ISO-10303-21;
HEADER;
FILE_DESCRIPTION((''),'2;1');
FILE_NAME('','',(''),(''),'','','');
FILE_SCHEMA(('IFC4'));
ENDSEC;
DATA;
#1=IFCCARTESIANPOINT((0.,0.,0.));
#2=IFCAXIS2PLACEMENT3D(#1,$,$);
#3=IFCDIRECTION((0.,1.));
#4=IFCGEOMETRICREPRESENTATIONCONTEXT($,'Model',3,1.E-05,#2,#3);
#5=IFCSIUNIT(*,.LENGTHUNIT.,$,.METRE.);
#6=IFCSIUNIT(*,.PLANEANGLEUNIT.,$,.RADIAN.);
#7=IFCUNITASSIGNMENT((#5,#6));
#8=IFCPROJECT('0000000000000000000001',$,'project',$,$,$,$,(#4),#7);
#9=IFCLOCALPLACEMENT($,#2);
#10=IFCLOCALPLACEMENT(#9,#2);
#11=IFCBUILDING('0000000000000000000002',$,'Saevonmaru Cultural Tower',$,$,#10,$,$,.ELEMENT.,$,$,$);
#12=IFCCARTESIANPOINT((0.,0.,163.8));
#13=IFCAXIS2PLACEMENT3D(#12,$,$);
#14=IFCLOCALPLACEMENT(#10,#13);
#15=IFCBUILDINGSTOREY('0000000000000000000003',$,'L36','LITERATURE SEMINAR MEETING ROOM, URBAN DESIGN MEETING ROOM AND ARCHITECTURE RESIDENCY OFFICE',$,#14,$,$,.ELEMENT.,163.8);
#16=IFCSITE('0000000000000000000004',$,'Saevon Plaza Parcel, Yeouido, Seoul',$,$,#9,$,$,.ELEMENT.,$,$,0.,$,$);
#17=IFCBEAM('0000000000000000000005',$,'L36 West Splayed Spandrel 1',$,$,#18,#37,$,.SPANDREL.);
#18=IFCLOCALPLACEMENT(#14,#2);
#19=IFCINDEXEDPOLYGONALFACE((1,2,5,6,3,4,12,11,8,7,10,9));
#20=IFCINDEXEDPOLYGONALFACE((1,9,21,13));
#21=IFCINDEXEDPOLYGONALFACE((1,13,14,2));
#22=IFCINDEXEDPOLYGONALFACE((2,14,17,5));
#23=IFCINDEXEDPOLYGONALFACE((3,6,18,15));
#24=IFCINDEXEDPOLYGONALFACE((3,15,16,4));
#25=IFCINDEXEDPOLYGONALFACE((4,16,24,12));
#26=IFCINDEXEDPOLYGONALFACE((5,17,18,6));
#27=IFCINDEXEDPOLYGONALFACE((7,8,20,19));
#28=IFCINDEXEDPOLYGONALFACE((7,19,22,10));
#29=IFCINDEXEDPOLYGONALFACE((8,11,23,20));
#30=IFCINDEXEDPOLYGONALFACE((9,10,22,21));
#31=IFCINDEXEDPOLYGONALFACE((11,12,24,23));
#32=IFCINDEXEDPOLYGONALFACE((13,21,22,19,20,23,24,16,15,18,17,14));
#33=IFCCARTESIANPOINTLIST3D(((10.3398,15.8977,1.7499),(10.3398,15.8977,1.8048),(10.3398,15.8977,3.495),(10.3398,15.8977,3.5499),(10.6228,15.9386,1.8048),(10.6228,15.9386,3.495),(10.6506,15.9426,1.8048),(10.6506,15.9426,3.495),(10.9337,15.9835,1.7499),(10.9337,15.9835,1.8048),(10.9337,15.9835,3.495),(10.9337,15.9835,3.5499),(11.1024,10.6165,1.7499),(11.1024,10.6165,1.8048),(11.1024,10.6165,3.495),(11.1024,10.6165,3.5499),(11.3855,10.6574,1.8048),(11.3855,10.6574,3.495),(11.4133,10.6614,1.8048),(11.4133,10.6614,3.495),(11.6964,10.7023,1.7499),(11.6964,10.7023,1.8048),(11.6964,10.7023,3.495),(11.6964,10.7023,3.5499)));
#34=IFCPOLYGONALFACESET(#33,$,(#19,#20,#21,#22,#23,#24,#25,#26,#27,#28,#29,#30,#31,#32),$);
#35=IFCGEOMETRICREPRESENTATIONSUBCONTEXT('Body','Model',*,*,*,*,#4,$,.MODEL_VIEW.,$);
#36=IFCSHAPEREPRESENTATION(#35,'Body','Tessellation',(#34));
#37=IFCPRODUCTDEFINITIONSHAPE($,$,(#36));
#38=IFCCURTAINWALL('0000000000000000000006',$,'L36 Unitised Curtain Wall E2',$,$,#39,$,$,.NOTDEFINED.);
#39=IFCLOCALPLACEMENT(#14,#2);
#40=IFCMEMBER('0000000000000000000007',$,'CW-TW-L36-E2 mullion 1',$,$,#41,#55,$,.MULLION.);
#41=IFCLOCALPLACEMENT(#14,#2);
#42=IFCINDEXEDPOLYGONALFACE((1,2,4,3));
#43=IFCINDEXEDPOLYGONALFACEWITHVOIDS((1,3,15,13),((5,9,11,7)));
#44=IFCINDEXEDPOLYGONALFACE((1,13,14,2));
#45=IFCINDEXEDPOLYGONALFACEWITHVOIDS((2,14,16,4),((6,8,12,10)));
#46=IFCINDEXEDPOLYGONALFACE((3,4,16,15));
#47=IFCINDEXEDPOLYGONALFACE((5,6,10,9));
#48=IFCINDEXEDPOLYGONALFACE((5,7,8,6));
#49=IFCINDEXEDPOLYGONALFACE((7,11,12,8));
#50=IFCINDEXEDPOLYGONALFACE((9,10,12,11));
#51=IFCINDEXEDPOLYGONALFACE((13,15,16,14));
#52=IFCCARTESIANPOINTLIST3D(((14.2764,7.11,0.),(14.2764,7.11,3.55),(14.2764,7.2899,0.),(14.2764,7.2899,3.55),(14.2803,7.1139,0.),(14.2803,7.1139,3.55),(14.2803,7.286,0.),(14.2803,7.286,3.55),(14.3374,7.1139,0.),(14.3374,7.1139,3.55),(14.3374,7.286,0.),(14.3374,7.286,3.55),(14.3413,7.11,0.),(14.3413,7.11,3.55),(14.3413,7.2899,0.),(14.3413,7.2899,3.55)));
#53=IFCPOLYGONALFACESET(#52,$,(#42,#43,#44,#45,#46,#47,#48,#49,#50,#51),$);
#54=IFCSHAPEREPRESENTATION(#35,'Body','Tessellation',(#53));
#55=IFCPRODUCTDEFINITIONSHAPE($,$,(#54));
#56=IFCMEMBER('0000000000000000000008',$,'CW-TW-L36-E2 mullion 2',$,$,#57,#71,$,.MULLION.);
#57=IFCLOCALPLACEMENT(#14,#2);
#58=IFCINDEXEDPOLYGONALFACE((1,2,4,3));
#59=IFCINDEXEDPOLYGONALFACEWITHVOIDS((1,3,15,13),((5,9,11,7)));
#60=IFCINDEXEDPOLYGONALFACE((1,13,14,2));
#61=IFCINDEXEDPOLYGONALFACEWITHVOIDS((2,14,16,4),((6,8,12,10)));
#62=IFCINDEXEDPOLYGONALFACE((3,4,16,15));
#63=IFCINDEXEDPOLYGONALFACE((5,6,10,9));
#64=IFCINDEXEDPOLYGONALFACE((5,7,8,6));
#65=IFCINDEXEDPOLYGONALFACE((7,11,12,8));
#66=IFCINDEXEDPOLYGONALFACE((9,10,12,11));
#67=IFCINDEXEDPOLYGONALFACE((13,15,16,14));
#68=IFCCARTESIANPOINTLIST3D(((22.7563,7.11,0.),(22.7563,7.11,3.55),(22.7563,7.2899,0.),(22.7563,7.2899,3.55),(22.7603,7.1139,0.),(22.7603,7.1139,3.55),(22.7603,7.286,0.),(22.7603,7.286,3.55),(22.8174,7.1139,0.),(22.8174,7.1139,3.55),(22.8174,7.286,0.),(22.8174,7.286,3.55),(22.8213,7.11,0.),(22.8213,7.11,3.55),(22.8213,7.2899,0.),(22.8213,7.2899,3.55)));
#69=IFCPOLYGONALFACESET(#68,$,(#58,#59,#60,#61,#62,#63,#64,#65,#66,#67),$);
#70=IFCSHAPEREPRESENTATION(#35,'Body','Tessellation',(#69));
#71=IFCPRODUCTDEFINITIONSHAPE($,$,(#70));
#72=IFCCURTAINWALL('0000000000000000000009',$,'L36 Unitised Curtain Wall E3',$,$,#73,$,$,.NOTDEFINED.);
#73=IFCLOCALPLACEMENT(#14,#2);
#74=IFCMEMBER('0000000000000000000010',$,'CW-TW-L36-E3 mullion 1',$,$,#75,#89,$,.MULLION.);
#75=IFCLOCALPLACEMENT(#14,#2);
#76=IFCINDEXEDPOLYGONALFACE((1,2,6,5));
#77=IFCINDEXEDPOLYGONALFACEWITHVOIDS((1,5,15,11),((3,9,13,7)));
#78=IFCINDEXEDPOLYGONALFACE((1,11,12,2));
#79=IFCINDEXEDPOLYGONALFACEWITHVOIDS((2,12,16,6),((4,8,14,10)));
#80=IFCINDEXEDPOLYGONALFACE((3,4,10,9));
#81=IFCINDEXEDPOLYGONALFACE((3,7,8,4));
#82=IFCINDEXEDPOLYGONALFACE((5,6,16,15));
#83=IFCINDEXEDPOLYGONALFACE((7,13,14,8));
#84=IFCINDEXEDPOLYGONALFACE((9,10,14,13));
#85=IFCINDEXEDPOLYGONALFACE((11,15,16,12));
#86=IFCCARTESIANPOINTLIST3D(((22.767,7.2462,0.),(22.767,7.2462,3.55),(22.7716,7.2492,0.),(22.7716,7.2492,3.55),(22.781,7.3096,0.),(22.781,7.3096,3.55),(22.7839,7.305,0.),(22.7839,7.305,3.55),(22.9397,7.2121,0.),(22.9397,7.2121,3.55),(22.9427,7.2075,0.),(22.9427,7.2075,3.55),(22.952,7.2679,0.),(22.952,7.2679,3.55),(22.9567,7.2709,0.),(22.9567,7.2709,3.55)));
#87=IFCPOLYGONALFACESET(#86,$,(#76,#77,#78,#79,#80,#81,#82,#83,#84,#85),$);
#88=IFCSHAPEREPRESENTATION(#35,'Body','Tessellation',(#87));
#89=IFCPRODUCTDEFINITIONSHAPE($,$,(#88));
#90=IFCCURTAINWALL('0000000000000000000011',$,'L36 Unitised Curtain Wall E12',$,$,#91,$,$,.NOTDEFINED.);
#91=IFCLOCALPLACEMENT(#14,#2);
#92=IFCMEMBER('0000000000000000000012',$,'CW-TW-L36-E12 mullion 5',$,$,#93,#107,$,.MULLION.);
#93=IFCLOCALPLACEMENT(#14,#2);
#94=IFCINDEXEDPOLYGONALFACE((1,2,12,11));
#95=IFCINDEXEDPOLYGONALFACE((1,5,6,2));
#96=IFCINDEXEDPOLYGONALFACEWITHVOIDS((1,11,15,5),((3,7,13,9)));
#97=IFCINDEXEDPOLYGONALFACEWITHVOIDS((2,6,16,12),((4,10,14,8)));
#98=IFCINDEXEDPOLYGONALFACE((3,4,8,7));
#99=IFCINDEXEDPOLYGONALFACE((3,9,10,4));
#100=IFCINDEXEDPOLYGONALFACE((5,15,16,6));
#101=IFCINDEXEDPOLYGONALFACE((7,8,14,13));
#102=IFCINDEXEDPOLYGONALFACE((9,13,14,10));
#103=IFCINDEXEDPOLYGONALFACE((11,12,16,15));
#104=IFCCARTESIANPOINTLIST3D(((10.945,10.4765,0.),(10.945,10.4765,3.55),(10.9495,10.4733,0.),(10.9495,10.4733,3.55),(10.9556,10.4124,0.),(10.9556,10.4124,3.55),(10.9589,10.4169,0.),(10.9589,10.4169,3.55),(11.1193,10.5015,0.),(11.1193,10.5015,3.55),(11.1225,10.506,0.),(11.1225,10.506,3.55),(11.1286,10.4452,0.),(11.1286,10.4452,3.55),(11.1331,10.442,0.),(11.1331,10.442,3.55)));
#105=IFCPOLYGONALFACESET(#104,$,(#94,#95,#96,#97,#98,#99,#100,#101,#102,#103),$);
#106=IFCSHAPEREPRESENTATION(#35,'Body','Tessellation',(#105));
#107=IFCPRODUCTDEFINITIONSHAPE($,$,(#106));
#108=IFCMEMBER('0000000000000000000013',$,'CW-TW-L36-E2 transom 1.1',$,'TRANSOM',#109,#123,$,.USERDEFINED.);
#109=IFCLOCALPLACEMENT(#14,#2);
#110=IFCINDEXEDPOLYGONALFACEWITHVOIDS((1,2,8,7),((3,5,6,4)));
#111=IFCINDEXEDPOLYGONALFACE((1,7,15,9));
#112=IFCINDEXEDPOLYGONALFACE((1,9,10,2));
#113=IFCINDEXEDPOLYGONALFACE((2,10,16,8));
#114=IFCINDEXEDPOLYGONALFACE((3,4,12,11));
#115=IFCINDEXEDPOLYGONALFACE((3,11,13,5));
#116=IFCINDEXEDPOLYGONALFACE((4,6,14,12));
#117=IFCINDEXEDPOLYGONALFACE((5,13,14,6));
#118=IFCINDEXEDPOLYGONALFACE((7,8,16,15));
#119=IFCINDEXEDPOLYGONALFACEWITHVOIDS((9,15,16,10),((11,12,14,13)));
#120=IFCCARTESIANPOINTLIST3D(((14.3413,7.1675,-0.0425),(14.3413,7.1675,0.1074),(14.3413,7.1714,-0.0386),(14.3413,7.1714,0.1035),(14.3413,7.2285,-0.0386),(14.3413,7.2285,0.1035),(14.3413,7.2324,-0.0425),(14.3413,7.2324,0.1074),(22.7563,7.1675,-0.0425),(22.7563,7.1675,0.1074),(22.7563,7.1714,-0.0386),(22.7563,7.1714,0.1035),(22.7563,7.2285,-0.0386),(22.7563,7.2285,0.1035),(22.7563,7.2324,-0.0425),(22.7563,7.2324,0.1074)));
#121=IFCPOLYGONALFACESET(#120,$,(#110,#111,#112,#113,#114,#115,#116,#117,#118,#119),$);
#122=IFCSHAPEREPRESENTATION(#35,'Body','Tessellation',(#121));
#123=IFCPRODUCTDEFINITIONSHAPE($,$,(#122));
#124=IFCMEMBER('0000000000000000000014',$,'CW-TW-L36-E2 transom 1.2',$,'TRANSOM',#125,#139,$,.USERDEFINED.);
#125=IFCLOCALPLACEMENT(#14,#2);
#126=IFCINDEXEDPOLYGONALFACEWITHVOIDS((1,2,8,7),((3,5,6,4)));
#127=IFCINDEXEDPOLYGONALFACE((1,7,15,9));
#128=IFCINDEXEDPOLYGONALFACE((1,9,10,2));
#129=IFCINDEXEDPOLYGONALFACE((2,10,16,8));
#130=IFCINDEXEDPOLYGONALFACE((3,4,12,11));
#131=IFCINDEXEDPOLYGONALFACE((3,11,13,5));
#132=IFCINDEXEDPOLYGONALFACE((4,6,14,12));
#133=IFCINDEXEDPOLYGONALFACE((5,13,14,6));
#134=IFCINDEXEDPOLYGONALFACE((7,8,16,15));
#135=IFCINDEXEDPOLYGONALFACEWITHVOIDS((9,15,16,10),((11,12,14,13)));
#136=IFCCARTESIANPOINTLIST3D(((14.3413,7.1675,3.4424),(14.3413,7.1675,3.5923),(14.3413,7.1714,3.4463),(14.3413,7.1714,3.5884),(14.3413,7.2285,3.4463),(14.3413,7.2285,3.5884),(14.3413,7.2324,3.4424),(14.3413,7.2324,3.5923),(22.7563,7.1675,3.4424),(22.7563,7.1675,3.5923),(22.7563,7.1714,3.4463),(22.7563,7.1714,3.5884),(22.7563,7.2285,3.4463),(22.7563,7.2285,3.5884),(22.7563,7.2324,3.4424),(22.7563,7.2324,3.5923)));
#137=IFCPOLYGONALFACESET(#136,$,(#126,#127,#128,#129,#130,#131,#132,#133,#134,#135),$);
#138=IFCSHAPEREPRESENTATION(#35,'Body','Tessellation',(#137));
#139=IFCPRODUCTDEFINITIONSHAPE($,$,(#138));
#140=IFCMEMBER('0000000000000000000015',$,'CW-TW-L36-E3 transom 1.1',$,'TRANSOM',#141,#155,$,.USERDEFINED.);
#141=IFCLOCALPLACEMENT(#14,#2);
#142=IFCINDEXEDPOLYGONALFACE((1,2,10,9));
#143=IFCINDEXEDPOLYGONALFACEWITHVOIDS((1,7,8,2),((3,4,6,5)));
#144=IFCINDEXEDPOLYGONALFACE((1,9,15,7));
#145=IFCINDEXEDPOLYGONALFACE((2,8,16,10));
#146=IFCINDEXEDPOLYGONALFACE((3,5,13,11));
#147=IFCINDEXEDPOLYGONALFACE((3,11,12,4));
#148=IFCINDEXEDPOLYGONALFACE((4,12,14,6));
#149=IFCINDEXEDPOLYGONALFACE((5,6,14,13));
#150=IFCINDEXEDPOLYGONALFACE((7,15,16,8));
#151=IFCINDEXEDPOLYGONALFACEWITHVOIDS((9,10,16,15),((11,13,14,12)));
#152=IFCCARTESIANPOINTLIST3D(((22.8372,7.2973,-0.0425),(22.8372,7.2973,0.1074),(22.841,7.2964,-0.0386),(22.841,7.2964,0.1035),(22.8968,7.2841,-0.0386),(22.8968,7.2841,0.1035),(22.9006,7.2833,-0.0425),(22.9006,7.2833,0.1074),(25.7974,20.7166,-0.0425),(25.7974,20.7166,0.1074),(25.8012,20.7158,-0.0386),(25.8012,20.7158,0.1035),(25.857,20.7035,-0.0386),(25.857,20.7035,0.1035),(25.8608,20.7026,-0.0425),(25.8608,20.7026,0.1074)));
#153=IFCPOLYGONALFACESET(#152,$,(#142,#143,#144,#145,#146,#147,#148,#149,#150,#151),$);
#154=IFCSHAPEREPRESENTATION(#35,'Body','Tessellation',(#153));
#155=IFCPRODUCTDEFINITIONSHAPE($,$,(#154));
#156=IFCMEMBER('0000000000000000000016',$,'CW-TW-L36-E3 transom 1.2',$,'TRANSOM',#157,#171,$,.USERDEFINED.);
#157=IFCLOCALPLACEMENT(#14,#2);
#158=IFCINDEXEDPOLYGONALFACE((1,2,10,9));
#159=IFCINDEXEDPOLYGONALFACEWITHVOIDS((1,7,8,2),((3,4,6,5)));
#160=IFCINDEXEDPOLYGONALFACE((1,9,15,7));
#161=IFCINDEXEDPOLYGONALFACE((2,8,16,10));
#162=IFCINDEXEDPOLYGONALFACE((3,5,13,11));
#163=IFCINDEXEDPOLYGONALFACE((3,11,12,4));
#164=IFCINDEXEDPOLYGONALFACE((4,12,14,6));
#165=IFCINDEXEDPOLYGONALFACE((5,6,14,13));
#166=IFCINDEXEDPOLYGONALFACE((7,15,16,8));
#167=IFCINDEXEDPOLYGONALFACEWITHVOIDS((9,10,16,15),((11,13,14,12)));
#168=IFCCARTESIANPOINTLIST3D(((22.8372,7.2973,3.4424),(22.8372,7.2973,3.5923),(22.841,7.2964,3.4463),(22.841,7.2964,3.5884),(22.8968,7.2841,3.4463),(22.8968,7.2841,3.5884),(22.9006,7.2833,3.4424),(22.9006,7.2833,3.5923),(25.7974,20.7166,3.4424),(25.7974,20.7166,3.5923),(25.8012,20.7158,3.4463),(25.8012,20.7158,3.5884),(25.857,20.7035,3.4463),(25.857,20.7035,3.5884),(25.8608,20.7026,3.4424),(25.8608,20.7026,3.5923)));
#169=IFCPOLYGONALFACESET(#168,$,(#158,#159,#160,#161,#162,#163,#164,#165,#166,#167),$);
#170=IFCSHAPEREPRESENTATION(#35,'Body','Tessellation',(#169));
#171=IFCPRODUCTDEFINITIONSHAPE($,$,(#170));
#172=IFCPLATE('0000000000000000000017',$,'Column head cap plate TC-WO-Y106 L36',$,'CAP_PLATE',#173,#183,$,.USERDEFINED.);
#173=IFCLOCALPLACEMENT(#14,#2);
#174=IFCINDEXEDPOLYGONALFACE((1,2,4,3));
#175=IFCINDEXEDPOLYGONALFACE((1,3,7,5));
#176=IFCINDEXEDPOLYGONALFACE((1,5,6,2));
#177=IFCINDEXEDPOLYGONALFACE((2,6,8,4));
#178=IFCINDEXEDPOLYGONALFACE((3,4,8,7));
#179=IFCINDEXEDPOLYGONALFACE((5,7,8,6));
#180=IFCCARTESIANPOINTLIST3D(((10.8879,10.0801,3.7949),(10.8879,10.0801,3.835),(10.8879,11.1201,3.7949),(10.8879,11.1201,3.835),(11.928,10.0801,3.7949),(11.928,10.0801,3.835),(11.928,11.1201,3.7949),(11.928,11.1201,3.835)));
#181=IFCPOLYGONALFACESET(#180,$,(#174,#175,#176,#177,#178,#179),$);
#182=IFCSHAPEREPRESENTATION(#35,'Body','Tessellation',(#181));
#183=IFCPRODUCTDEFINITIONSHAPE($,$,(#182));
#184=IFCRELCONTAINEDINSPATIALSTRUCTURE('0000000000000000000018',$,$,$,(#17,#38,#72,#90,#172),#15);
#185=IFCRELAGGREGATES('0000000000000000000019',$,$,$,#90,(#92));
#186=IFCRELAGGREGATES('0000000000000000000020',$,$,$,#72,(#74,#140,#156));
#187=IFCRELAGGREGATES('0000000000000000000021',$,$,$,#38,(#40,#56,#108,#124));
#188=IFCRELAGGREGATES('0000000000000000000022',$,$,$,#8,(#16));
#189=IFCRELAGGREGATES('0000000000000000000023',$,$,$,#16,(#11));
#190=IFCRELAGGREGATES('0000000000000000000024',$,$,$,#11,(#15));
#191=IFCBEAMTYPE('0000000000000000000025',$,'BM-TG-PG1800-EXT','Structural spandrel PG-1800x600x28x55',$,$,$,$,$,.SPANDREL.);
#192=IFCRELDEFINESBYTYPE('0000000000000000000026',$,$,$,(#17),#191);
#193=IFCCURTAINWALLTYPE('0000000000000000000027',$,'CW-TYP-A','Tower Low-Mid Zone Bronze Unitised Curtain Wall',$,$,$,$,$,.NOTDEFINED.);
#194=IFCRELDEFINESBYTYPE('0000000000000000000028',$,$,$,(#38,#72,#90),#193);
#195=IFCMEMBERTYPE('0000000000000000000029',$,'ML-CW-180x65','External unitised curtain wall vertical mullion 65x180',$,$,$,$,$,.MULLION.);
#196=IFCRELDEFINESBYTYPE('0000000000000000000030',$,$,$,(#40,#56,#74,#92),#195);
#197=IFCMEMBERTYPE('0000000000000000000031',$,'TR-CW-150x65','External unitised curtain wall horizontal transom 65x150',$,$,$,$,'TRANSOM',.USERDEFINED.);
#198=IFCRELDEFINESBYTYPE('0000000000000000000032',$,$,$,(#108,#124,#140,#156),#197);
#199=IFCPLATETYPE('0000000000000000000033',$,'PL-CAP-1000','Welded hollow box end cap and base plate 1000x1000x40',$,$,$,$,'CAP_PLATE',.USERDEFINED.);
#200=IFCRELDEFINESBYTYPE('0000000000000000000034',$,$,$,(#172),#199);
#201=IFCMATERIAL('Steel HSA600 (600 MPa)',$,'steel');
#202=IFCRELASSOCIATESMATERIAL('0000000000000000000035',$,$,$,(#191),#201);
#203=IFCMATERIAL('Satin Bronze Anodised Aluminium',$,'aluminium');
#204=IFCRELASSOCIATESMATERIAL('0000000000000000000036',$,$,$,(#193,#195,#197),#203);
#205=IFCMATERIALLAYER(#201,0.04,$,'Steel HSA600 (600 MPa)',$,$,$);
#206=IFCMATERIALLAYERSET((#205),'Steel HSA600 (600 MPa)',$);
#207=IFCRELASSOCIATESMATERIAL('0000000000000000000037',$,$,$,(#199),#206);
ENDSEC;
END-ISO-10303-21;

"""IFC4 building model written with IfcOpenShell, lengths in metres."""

from ifc_helpers import new_model, si_unit, direction, frame, origin, origin_2d, place, context, subcontext, project, spatial, rectangle, hollow_rectangle, i_section, extrude, material, layer, layer_set, material_profile, profile_set, type_object, element, aggregate, save


model = new_model("IFC4")

# Units and contexts
model_context = context("Model", 3, precision=1e-05, world=origin(), true_north=direction((0.0, 1.0)))
body_context = subcontext(model_context, "Body", "Model", "MODEL_VIEW")
ifc_project = project(units=[si_unit("LENGTHUNIT", "METRE"), si_unit("PLANEANGLEUNIT", "RADIAN")], contexts=[model_context])

# Site, building, storey
site_placement = place(None, origin())
site = spatial("IfcSite", under=ifc_project, at=site_placement, Name="Saevon Plaza Parcel, Yeouido, Seoul", CompositionType="ELEMENT", RefElevation=0.0)
building_placement = place(site_placement, origin())
building = spatial("IfcBuilding", under=site, at=building_placement, Name="Saevonmaru Cultural Tower", CompositionType="ELEMENT")
storey_placement = place(building_placement, frame((0.0, 0.0, 163.8)))
storey = spatial("IfcBuildingStorey", under=building, at=storey_placement, Name="L36", Description="LITERATURE SEMINAR MEETING ROOM, URBAN DESIGN MEETING ROOM AND ARCHITECTURE RESIDENCY OFFICE", CompositionType="ELEMENT", Elevation=163.8)

# Beam
ifc_material_1 = material(Name="Steel HSA600 (600 MPa)", Category="steel")
ifc_material_profile_1 = material_profile(ifc_material_1, i_section(OverallWidth=0.6001, OverallDepth=1.8, WebThickness=0.0281, FlangeThickness=0.0549, at=origin_2d()), Name="PG-1800x600x28x55")
ifc_profile_set_1 = profile_set([ifc_material_profile_1], Name="Steel HSA600 (600 MPa)")
beam_type_1 = type_object("IfcBeamType", Name="BM-TG-PG1800-EXT", Description="Structural spandrel PG-1800x600x28x55", PredefinedType="SPANDREL", material=ifc_profile_set_1)
beam_1_placement = place(storey_placement, frame((11.3994, 10.6594, 2.6499), z_axis=(-0.142933, 0.989732, 0.0), x_axis=(-0.989732, -0.142933, 0.0)))
element("IfcBeam", 1, at=beam_1_placement, inside=storey, type_object=beam_type_1, Name="L36 West Splayed Spandrel 1", PredefinedType="SPANDREL", context=body_context, shape_type="SweptSolid", body=[
    extrude(i_section(OverallWidth=0.6001, OverallDepth=1.8, WebThickness=0.0281, FlangeThickness=0.0549, at=origin_2d()), origin(), (0.0, 0.0, 1.0), 5.3359),
])

# Curtain wall, members
ifc_material_2 = material(Name="Satin Bronze Anodised Aluminium", Category="aluminium")
curtain_wall_type = type_object("IfcCurtainWallType", Name="CW-TYP-A", Description="Tower Low-Mid Zone Bronze Unitised Curtain Wall", PredefinedType="NOTDEFINED", material=ifc_material_2)
curtain_wall_1_placement = place(storey_placement, origin())
curtain_wall_1 = element("IfcCurtainWall", 2, at=curtain_wall_1_placement, inside=storey, type_object=curtain_wall_type, Name="L36 Unitised Curtain Wall E2", PredefinedType="NOTDEFINED")
ifc_material_profile_2 = material_profile(ifc_material_2, hollow_rectangle(XDim=0.0649, YDim=0.1799, WallThickness=0.0039, at=origin_2d()), Name="ALU-MULL-180x65x4")
ifc_profile_set_2 = profile_set([ifc_material_profile_2], Name="Satin Bronze Anodised Aluminium")
member_type_1 = type_object("IfcMemberType", Name="ML-CW-180x65", Description="External unitised curtain wall vertical mullion 65x180", PredefinedType="MULLION", material=ifc_profile_set_2)
member_1_placement = place(storey_placement, frame((14.3088, 7.2, 0.0), z_axis=(0.0, 0.0, 1.0), x_axis=(1.0, 0.0, 0.0)))
member_1 = element("IfcMember", 3, at=member_1_placement, type_object=member_type_1, Name="CW-TW-L36-E2 mullion 1", PredefinedType="MULLION", context=body_context, shape_type="SweptSolid", body=[
    extrude(hollow_rectangle(XDim=0.0649, YDim=0.1799, WallThickness=0.0039, at=origin_2d()), origin(), (0.0, 0.0, 1.0), 3.55),
])
member_2_placement = place(storey_placement, frame((22.7888, 7.2, 0.0), z_axis=(0.0, 0.0, 1.0), x_axis=(1.0, 0.0, 0.0)))
member_2 = element("IfcMember", 4, at=member_2_placement, type_object=member_type_1, Name="CW-TW-L36-E2 mullion 2", PredefinedType="MULLION", context=body_context, shape_type="SweptSolid", body=[
    extrude(hollow_rectangle(XDim=0.0649, YDim=0.1799, WallThickness=0.0039, at=origin_2d()), origin(), (0.0, 0.0, 1.0), 3.55),
])

# Curtain walls, members
curtain_wall_2_placement = place(storey_placement, origin())
curtain_wall_2 = element("IfcCurtainWall", 5, at=curtain_wall_2_placement, inside=storey, type_object=curtain_wall_type, Name="L36 Unitised Curtain Wall E3", PredefinedType="NOTDEFINED")
member_3_placement = place(storey_placement, frame((22.8618, 7.2585, 0.0), z_axis=(0.0, 0.0, 1.0), x_axis=(0.215413, 0.976523, 0.0)))
member_3 = element("IfcMember", 6, at=member_3_placement, type_object=member_type_1, Name="CW-TW-L36-E3 mullion 1", PredefinedType="MULLION", context=body_context, shape_type="SweptSolid", body=[
    extrude(hollow_rectangle(XDim=0.0649, YDim=0.1799, WallThickness=0.0039, at=origin_2d()), origin(), (0.0, 0.0, 1.0), 3.55),
])
curtain_wall_3_placement = place(storey_placement, origin())
curtain_wall_3 = element("IfcCurtainWall", 7, at=curtain_wall_3_placement, inside=storey, type_object=curtain_wall_type, Name="L36 Unitised Curtain Wall E12", PredefinedType="NOTDEFINED")
member_4_placement = place(storey_placement, frame((11.0391, 10.4592, 0.0), z_axis=(0.0, 0.0, 1.0), x_axis=(0.163999, -0.986461, 0.0)))
member_4 = element("IfcMember", 8, at=member_4_placement, type_object=member_type_1, Name="CW-TW-L36-E12 mullion 5", PredefinedType="MULLION", context=body_context, shape_type="SweptSolid", body=[
    extrude(hollow_rectangle(XDim=0.0649, YDim=0.1799, WallThickness=0.0039, at=origin_2d()), origin(), (0.0, 0.0, 1.0), 3.55),
])
aggregate(curtain_wall_3, [member_4])

# Members
ifc_material_profile_3 = material_profile(ifc_material_2, hollow_rectangle(XDim=0.0649, YDim=0.1499, WallThickness=0.0039, at=origin_2d()), Name="ALU-TRAN-150x65x4")
ifc_profile_set_3 = profile_set([ifc_material_profile_3], Name="Satin Bronze Anodised Aluminium")
member_type_2 = type_object("IfcMemberType", Name="TR-CW-150x65", Description="External unitised curtain wall horizontal transom 65x150", ElementType="TRANSOM", PredefinedType="USERDEFINED", material=ifc_profile_set_3)
member_5_placement = place(storey_placement, frame((14.3413, 7.2, 0.0325), z_axis=(1.0, 0.0, 0.0), x_axis=(0.0, 1.0, 0.0)))
member_5 = element("IfcMember", 9, at=member_5_placement, type_object=member_type_2, Name="CW-TW-L36-E2 transom 1.1", ObjectType="TRANSOM", PredefinedType="USERDEFINED", context=body_context, shape_type="SweptSolid", body=[
    extrude(hollow_rectangle(XDim=0.0649, YDim=0.1499, WallThickness=0.0039, at=origin_2d()), origin(), (0.0, 0.0, 1.0), 8.415),
])
member_6_placement = place(storey_placement, frame((14.3413, 7.2, 3.5173), z_axis=(1.0, 0.0, 0.0), x_axis=(0.0, 1.0, 0.0)))
member_6 = element("IfcMember", 10, at=member_6_placement, type_object=member_type_2, Name="CW-TW-L36-E2 transom 1.2", ObjectType="TRANSOM", PredefinedType="USERDEFINED", context=body_context, shape_type="SweptSolid", body=[
    extrude(hollow_rectangle(XDim=0.0649, YDim=0.1499, WallThickness=0.0039, at=origin_2d()), origin(), (0.0, 0.0, 1.0), 8.415),
])
member_7_placement = place(storey_placement, frame((22.8689, 7.2903, 0.0325), z_axis=(0.215412, 0.976523, 0.0), x_axis=(-0.976523, 0.215412, 0.0)))
member_7 = element("IfcMember", 11, at=member_7_placement, type_object=member_type_2, Name="CW-TW-L36-E3 transom 1.1", ObjectType="TRANSOM", PredefinedType="USERDEFINED", context=body_context, shape_type="SweptSolid", body=[
    extrude(hollow_rectangle(XDim=0.0649, YDim=0.1499, WallThickness=0.0039, at=origin_2d()), origin(), (0.0, 0.0, 1.0), 13.7419),
])
member_8_placement = place(storey_placement, frame((22.8689, 7.2903, 3.5173), z_axis=(0.215412, 0.976523, 0.0), x_axis=(-0.976523, 0.215412, 0.0)))
member_8 = element("IfcMember", 12, at=member_8_placement, type_object=member_type_2, Name="CW-TW-L36-E3 transom 1.2", ObjectType="TRANSOM", PredefinedType="USERDEFINED", context=body_context, shape_type="SweptSolid", body=[
    extrude(hollow_rectangle(XDim=0.0649, YDim=0.1499, WallThickness=0.0039, at=origin_2d()), origin(), (0.0, 0.0, 1.0), 13.7419),
])
aggregate(curtain_wall_2, [member_3, member_7, member_8])

# Plate
ifc_layer_1 = layer(ifc_material_1, 0.04, Name="Steel HSA600 (600 MPa)")
ifc_layer_set_1 = layer_set([ifc_layer_1], Name="Steel HSA600 (600 MPa)")
plate_type_1 = type_object("IfcPlateType", Name="PL-CAP-1000", Description="Welded hollow box end cap and base plate 1000x1000x40", ElementType="CAP_PLATE", PredefinedType="USERDEFINED", material=ifc_layer_set_1)
plate_1_placement = place(storey_placement, frame((11.408, 10.6001, 3.7949), z_axis=(0.0, 0.0, 1.0), x_axis=(1.0, 0.0, 0.0)))
element("IfcPlate", 13, at=plate_1_placement, inside=storey, type_object=plate_type_1, Name="Column head cap plate TC-WO-Y106 L36", ObjectType="CAP_PLATE", PredefinedType="USERDEFINED", context=body_context, shape_type="SweptSolid", body=[
    extrude(rectangle(XDim=1.04, YDim=1.04, at=origin_2d()), origin(), (0.0, 0.0, 1.0), 0.04),
])

aggregate(curtain_wall_1, [member_1, member_2, member_5, member_6])

save(model, "model.ifc")
